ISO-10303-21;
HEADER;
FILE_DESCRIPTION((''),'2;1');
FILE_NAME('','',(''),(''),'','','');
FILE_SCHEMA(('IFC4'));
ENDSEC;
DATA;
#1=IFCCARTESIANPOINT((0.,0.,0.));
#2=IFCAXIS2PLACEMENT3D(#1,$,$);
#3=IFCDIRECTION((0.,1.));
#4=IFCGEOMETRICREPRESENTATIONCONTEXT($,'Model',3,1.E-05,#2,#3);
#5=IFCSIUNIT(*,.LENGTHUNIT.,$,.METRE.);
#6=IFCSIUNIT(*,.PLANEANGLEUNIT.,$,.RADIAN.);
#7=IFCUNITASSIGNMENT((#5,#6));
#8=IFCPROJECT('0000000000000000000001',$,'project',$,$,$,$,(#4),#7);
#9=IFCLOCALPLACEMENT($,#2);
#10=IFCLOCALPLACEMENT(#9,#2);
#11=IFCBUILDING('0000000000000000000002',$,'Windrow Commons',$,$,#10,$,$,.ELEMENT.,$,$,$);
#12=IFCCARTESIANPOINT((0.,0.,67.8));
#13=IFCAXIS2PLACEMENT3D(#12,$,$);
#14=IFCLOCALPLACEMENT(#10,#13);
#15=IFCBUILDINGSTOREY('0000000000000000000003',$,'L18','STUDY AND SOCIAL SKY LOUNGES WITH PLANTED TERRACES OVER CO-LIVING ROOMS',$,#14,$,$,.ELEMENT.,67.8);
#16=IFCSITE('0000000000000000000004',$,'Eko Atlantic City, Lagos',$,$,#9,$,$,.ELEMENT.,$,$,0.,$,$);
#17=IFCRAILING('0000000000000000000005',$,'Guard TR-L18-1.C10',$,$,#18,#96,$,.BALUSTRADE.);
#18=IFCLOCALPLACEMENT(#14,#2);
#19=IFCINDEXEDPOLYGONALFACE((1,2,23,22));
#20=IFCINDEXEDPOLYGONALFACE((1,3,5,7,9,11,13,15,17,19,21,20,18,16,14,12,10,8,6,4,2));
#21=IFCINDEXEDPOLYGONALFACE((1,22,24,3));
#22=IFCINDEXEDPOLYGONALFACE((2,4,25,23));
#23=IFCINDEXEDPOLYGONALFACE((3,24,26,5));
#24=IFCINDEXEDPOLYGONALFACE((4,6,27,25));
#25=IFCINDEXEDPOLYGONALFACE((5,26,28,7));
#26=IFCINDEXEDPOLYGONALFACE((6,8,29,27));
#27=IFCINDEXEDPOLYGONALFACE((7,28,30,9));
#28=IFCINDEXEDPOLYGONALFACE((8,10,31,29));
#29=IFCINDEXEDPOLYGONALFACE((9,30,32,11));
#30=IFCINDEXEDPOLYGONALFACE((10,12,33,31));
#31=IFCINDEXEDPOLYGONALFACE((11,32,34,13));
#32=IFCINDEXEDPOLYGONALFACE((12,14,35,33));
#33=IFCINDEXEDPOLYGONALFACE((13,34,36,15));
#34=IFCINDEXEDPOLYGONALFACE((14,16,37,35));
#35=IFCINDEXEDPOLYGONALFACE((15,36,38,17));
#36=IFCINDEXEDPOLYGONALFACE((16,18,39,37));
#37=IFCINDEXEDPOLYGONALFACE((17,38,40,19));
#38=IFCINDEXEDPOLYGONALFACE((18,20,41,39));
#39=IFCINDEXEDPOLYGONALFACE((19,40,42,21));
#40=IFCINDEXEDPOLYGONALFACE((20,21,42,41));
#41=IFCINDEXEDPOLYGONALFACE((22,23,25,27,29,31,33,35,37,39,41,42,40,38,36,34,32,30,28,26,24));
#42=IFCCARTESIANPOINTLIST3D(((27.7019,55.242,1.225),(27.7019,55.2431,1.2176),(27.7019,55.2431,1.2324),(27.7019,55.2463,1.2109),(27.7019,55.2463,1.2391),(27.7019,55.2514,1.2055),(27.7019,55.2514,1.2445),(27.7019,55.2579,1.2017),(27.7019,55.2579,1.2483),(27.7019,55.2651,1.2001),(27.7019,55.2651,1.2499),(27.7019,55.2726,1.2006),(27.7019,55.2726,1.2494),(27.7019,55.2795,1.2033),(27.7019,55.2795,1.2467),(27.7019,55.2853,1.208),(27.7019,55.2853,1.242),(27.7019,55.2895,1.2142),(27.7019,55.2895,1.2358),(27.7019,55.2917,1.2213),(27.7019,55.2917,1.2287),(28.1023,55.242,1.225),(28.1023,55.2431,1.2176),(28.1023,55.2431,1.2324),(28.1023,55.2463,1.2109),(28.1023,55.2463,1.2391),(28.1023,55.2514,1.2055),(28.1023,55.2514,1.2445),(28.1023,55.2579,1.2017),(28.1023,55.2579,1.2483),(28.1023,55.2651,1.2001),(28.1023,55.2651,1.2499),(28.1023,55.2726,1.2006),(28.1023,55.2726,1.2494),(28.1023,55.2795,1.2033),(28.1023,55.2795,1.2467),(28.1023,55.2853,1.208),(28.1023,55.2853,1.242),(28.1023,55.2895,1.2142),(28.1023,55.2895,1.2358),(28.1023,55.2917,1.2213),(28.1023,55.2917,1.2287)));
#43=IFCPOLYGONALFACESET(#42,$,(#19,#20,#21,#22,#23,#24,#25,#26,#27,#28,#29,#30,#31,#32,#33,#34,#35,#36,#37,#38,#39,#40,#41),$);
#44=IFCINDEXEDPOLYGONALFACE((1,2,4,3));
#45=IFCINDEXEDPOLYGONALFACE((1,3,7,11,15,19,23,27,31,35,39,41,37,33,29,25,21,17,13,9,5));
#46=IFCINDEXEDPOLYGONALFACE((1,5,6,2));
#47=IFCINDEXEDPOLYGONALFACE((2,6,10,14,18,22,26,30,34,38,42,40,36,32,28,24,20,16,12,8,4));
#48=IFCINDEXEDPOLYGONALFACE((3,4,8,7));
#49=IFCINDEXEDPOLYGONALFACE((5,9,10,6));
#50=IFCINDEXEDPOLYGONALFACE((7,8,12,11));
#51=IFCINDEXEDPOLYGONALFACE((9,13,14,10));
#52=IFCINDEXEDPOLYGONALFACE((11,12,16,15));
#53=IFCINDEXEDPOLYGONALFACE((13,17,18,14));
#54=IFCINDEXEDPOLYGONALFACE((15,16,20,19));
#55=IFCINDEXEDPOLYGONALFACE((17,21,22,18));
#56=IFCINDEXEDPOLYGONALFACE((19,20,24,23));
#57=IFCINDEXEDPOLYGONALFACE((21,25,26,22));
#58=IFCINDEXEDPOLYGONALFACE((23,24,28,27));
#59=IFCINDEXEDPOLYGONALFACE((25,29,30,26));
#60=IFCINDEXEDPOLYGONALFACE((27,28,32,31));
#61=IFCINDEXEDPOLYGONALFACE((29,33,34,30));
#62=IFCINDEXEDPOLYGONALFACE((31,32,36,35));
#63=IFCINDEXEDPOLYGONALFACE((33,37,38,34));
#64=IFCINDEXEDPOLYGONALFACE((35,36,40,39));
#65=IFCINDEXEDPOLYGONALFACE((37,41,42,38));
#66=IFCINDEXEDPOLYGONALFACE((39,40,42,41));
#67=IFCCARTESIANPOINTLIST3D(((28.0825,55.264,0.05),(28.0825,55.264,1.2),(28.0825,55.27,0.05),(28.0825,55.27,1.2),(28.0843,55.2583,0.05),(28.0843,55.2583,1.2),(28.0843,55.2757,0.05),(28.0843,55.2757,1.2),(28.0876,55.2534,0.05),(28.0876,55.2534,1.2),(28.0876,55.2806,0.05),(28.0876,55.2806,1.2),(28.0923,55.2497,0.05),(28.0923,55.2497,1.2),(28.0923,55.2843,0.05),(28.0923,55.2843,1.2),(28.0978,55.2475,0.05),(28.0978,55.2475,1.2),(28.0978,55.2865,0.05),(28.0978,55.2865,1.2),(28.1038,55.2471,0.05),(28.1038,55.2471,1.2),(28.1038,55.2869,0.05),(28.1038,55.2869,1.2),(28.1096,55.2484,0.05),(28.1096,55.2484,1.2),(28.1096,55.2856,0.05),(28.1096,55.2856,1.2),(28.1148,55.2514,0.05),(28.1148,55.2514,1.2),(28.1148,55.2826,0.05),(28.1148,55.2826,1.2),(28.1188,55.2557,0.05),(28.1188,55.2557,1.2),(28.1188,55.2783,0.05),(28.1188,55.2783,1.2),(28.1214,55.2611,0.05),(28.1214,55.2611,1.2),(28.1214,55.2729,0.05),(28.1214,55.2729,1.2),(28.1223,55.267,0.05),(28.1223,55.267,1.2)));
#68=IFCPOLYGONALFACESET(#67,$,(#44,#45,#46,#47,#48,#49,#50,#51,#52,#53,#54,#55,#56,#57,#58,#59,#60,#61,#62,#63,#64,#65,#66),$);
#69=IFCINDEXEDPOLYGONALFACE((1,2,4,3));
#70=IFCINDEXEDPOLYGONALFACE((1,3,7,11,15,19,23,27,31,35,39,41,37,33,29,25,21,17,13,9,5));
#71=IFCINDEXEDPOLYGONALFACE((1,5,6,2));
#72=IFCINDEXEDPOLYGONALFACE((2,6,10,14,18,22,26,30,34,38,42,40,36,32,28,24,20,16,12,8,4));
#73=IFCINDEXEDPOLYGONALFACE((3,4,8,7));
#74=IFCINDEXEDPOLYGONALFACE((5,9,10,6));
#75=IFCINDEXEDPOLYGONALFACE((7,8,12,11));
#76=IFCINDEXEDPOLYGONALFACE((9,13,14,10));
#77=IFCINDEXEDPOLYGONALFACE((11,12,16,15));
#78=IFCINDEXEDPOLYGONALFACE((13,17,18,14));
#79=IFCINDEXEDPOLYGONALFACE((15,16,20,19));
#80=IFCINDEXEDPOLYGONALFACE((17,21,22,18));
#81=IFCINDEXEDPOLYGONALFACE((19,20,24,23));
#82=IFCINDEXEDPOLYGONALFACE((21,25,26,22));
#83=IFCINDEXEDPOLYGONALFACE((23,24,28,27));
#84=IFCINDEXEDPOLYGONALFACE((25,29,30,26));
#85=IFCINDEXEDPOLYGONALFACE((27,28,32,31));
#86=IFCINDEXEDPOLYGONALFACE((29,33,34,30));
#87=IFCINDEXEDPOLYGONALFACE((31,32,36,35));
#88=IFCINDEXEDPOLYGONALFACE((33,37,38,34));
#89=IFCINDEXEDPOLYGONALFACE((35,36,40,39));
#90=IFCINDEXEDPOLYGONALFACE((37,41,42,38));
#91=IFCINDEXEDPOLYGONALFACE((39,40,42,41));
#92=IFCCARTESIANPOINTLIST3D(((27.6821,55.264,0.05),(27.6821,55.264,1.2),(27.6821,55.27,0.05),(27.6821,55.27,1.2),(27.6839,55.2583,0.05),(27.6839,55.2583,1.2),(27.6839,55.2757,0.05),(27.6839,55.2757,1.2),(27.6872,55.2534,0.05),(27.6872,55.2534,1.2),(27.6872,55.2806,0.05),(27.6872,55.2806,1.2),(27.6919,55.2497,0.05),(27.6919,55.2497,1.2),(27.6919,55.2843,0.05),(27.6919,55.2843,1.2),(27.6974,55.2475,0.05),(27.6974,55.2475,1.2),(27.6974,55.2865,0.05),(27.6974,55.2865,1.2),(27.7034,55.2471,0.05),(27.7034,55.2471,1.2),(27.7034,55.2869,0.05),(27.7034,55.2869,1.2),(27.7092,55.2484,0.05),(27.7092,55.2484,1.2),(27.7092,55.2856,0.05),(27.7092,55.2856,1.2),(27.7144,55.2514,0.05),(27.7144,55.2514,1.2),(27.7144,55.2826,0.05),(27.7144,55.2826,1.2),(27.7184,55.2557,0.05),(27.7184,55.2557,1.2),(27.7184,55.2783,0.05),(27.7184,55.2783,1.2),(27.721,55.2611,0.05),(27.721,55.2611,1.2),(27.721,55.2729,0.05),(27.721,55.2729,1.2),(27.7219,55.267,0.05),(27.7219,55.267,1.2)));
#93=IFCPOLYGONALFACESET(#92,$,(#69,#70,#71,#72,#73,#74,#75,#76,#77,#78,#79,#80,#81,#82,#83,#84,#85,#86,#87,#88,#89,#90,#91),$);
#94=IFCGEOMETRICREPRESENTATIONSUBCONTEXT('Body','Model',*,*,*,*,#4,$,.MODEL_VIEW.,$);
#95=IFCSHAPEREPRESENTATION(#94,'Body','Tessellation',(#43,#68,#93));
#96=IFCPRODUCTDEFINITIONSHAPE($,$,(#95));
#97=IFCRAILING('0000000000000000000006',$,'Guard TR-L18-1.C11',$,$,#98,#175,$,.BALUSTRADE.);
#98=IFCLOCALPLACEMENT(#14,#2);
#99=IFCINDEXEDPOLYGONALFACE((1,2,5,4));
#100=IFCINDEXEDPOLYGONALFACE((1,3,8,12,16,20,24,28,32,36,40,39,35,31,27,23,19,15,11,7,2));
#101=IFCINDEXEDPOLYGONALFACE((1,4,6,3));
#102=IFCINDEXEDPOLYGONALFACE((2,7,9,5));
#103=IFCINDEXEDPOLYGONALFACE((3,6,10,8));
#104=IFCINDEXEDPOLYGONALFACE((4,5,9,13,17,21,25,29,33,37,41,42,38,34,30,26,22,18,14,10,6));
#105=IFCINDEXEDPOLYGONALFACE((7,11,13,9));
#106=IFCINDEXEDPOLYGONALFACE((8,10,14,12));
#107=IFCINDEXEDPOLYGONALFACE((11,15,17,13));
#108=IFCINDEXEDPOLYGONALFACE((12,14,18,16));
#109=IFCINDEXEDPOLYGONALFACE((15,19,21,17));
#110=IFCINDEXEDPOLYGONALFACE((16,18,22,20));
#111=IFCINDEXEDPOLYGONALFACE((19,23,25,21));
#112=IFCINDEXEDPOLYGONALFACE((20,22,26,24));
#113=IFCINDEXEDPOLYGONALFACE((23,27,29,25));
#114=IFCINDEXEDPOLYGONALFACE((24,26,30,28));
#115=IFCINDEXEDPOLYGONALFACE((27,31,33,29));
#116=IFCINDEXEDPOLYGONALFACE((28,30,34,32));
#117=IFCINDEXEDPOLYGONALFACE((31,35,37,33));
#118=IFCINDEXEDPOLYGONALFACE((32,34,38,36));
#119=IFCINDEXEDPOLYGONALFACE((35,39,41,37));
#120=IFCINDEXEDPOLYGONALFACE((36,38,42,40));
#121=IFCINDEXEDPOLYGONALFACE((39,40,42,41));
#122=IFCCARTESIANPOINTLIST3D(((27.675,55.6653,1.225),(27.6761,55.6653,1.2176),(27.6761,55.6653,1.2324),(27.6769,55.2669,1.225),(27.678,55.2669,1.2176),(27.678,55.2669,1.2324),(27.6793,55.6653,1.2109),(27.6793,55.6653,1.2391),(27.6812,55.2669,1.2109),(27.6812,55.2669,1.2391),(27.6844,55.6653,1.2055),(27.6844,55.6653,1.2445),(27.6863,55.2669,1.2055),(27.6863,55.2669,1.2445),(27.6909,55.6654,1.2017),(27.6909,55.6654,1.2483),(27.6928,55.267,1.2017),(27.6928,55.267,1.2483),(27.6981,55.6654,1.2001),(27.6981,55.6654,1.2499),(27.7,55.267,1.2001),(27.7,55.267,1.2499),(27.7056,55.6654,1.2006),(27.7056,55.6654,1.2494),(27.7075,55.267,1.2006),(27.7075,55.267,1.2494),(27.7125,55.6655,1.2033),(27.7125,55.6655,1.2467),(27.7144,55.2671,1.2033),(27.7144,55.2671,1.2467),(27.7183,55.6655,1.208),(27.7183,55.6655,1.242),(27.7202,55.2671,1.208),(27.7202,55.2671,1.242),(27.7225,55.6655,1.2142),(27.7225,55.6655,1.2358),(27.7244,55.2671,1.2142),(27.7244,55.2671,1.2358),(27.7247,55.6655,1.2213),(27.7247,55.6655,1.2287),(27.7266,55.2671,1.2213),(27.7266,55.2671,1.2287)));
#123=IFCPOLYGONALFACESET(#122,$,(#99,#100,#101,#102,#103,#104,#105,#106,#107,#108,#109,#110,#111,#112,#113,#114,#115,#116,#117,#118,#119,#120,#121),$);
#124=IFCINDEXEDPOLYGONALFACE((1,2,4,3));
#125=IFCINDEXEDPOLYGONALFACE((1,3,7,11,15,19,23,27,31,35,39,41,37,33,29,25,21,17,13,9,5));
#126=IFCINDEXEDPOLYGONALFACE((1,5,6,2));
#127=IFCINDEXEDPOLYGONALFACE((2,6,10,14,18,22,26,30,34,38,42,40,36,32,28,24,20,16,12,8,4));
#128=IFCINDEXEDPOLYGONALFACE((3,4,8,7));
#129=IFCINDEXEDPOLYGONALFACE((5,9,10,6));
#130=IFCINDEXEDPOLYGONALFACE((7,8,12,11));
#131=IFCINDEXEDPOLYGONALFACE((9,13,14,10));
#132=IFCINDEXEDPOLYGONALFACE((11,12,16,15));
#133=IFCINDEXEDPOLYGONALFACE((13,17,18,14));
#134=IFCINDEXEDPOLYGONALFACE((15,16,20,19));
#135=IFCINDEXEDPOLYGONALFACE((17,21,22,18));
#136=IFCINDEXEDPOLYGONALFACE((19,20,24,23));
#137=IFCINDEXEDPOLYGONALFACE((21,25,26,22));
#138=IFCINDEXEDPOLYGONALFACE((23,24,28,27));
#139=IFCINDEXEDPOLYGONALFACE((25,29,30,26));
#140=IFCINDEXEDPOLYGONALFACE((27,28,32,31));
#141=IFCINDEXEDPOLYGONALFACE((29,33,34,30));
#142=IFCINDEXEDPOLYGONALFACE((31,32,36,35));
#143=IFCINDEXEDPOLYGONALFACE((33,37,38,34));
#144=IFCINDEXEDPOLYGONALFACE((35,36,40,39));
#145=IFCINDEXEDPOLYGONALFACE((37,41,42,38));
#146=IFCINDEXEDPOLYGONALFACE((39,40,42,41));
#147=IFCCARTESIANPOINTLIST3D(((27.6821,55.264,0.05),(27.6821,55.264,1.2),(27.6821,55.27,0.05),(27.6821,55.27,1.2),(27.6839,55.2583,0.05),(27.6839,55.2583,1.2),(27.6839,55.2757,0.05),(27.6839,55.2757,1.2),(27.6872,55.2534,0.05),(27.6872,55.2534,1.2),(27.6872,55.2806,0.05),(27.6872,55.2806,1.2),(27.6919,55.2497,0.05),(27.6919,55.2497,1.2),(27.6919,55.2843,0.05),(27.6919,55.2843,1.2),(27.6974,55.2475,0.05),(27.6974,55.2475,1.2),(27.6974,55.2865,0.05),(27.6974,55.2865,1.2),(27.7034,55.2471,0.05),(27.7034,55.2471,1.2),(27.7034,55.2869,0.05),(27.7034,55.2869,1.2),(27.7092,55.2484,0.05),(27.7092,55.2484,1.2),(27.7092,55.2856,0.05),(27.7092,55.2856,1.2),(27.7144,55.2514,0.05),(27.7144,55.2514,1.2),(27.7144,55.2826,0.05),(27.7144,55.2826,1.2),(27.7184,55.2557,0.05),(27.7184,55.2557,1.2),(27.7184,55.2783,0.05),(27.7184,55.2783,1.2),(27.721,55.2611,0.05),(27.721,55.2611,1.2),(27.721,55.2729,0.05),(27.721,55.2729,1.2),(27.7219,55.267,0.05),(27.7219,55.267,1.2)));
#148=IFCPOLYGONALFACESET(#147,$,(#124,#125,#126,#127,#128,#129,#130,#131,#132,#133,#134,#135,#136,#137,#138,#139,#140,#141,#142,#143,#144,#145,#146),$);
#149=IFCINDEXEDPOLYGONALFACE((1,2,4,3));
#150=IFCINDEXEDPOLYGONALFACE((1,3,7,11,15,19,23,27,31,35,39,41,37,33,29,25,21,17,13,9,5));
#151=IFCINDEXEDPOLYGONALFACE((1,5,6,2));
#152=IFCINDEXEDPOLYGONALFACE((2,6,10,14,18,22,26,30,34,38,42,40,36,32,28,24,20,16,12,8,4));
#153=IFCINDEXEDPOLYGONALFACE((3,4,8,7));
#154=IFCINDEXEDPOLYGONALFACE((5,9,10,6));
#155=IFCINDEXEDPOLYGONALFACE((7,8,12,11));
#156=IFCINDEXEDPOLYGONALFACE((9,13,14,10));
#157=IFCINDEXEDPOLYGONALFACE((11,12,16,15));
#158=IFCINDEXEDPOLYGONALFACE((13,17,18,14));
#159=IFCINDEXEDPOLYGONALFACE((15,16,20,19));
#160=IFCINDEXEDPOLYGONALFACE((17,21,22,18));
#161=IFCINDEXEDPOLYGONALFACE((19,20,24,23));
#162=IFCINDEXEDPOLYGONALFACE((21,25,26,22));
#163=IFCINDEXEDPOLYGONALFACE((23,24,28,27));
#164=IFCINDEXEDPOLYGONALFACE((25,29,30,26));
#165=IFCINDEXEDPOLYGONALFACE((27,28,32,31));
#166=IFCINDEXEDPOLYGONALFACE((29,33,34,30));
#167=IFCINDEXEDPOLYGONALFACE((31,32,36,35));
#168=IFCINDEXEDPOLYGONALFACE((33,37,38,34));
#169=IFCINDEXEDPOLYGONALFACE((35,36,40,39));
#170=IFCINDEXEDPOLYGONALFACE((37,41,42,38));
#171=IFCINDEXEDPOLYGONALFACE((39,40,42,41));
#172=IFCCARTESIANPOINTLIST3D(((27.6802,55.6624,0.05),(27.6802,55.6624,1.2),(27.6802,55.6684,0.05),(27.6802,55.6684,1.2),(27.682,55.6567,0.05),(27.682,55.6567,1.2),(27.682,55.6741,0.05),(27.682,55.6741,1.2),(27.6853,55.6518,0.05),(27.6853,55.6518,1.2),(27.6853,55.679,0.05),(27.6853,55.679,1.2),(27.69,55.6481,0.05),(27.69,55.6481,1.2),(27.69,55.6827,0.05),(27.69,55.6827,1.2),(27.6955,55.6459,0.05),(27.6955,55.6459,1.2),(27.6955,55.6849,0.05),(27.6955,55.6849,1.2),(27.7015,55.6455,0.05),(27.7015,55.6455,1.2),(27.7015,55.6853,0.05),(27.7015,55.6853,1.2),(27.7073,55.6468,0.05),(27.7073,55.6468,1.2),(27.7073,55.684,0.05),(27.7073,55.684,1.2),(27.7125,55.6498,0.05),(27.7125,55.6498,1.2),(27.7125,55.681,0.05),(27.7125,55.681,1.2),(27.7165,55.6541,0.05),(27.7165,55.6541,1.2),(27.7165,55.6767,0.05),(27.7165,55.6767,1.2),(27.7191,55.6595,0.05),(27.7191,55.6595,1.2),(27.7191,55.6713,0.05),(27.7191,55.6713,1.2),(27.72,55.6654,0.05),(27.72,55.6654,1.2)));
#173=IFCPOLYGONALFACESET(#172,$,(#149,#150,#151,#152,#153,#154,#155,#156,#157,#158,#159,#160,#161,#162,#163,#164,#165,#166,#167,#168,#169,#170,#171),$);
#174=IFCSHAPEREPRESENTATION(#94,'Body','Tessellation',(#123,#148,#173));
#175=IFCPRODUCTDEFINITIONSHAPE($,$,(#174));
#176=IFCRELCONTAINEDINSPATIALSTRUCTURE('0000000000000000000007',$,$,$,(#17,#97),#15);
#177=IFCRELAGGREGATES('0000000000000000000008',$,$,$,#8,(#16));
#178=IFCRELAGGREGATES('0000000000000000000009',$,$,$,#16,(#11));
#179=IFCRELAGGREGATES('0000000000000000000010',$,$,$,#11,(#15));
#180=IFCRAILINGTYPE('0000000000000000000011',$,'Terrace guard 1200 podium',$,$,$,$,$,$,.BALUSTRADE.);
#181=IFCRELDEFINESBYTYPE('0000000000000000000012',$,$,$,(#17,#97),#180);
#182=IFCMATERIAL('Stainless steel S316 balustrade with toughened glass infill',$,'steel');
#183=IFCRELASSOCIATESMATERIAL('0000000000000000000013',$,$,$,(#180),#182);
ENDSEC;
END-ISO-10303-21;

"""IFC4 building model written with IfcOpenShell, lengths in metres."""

from ifc_helpers import new_model, si_unit, direction, frame, origin, origin_2d, place, context, subcontext, project, spatial, circle, extrude, material, type_object, element, save


model = new_model("IFC4")

# Units and contexts
model_context = context("Model", 3, precision=1e-05, world=origin(), true_north=direction((0.0, 1.0)))
body_context = subcontext(model_context, "Body", "Model", "MODEL_VIEW")
ifc_project = project(units=[si_unit("LENGTHUNIT", "METRE"), si_unit("PLANEANGLEUNIT", "RADIAN")], contexts=[model_context])

# Site, building, storey
site_placement = place(None, origin())
site = spatial("IfcSite", under=ifc_project, at=site_placement, Name="Eko Atlantic City, Lagos", CompositionType="ELEMENT", RefElevation=0.0)
building_placement = place(site_placement, origin())
building = spatial("IfcBuilding", under=site, at=building_placement, Name="Windrow Commons", CompositionType="ELEMENT")
storey_placement = place(building_placement, frame((0.0, 0.0, 67.8)))
storey = spatial("IfcBuildingStorey", under=building, at=storey_placement, Name="L18", Description="STUDY AND SOCIAL SKY LOUNGES WITH PLANTED TERRACES OVER CO-LIVING ROOMS", CompositionType="ELEMENT", Elevation=67.8)

# Railings
ifc_material_1 = material(Name="Stainless steel S316 balustrade with toughened glass infill", Category="steel")
railing_type = type_object("IfcRailingType", Name="Terrace guard 1200 podium", PredefinedType="BALUSTRADE", material=ifc_material_1)
railing_1_placement = place(storey_placement, frame((28.1023, 55.267, 0.05)))
element("IfcRailing", 1, at=railing_1_placement, inside=storey, type_object=railing_type, Name="Guard TR-L18-1.C10", PredefinedType="BALUSTRADE", context=body_context, shape_type="SweptSolid", body=[
    extrude(circle(Radius=0.025, at=origin_2d()), frame((0.0, 0.0, 1.175), z_axis=(-1.0, 0.0, 0.0), x_axis=(0.0, -1.0, 0.0)), (0.0, 0.0, 1.0), 0.4004),
    extrude(circle(Radius=0.02, at=origin_2d()), origin(), (0.0, 0.0, 1.0), 1.15),
    extrude(circle(Radius=0.02, at=origin_2d()), frame((-0.4004, 0.0, 0.0)), (0.0, 0.0, 1.0), 1.15),
])
railing_2_placement = place(storey_placement, frame((27.7019, 55.267, 0.05)))
element("IfcRailing", 2, at=railing_2_placement, inside=storey, type_object=railing_type, Name="Guard TR-L18-1.C11", PredefinedType="BALUSTRADE", context=body_context, shape_type="SweptSolid", body=[
    extrude(circle(Radius=0.025, at=origin_2d()), frame((0.0, 0.0, 1.175), z_axis=(-0.004769, 0.999989, 0.0), x_axis=(-0.999989, -0.004769, 0.0)), (0.0, 0.0, 1.0), 0.3984),
    extrude(circle(Radius=0.02, at=origin_2d()), origin(), (0.0, 0.0, 1.0), 1.15),
    extrude(circle(Radius=0.02, at=origin_2d()), frame((-0.0019, 0.3984, 0.0)), (0.0, 0.0, 1.0), 1.15),
])

save(model, "model.ifc")
